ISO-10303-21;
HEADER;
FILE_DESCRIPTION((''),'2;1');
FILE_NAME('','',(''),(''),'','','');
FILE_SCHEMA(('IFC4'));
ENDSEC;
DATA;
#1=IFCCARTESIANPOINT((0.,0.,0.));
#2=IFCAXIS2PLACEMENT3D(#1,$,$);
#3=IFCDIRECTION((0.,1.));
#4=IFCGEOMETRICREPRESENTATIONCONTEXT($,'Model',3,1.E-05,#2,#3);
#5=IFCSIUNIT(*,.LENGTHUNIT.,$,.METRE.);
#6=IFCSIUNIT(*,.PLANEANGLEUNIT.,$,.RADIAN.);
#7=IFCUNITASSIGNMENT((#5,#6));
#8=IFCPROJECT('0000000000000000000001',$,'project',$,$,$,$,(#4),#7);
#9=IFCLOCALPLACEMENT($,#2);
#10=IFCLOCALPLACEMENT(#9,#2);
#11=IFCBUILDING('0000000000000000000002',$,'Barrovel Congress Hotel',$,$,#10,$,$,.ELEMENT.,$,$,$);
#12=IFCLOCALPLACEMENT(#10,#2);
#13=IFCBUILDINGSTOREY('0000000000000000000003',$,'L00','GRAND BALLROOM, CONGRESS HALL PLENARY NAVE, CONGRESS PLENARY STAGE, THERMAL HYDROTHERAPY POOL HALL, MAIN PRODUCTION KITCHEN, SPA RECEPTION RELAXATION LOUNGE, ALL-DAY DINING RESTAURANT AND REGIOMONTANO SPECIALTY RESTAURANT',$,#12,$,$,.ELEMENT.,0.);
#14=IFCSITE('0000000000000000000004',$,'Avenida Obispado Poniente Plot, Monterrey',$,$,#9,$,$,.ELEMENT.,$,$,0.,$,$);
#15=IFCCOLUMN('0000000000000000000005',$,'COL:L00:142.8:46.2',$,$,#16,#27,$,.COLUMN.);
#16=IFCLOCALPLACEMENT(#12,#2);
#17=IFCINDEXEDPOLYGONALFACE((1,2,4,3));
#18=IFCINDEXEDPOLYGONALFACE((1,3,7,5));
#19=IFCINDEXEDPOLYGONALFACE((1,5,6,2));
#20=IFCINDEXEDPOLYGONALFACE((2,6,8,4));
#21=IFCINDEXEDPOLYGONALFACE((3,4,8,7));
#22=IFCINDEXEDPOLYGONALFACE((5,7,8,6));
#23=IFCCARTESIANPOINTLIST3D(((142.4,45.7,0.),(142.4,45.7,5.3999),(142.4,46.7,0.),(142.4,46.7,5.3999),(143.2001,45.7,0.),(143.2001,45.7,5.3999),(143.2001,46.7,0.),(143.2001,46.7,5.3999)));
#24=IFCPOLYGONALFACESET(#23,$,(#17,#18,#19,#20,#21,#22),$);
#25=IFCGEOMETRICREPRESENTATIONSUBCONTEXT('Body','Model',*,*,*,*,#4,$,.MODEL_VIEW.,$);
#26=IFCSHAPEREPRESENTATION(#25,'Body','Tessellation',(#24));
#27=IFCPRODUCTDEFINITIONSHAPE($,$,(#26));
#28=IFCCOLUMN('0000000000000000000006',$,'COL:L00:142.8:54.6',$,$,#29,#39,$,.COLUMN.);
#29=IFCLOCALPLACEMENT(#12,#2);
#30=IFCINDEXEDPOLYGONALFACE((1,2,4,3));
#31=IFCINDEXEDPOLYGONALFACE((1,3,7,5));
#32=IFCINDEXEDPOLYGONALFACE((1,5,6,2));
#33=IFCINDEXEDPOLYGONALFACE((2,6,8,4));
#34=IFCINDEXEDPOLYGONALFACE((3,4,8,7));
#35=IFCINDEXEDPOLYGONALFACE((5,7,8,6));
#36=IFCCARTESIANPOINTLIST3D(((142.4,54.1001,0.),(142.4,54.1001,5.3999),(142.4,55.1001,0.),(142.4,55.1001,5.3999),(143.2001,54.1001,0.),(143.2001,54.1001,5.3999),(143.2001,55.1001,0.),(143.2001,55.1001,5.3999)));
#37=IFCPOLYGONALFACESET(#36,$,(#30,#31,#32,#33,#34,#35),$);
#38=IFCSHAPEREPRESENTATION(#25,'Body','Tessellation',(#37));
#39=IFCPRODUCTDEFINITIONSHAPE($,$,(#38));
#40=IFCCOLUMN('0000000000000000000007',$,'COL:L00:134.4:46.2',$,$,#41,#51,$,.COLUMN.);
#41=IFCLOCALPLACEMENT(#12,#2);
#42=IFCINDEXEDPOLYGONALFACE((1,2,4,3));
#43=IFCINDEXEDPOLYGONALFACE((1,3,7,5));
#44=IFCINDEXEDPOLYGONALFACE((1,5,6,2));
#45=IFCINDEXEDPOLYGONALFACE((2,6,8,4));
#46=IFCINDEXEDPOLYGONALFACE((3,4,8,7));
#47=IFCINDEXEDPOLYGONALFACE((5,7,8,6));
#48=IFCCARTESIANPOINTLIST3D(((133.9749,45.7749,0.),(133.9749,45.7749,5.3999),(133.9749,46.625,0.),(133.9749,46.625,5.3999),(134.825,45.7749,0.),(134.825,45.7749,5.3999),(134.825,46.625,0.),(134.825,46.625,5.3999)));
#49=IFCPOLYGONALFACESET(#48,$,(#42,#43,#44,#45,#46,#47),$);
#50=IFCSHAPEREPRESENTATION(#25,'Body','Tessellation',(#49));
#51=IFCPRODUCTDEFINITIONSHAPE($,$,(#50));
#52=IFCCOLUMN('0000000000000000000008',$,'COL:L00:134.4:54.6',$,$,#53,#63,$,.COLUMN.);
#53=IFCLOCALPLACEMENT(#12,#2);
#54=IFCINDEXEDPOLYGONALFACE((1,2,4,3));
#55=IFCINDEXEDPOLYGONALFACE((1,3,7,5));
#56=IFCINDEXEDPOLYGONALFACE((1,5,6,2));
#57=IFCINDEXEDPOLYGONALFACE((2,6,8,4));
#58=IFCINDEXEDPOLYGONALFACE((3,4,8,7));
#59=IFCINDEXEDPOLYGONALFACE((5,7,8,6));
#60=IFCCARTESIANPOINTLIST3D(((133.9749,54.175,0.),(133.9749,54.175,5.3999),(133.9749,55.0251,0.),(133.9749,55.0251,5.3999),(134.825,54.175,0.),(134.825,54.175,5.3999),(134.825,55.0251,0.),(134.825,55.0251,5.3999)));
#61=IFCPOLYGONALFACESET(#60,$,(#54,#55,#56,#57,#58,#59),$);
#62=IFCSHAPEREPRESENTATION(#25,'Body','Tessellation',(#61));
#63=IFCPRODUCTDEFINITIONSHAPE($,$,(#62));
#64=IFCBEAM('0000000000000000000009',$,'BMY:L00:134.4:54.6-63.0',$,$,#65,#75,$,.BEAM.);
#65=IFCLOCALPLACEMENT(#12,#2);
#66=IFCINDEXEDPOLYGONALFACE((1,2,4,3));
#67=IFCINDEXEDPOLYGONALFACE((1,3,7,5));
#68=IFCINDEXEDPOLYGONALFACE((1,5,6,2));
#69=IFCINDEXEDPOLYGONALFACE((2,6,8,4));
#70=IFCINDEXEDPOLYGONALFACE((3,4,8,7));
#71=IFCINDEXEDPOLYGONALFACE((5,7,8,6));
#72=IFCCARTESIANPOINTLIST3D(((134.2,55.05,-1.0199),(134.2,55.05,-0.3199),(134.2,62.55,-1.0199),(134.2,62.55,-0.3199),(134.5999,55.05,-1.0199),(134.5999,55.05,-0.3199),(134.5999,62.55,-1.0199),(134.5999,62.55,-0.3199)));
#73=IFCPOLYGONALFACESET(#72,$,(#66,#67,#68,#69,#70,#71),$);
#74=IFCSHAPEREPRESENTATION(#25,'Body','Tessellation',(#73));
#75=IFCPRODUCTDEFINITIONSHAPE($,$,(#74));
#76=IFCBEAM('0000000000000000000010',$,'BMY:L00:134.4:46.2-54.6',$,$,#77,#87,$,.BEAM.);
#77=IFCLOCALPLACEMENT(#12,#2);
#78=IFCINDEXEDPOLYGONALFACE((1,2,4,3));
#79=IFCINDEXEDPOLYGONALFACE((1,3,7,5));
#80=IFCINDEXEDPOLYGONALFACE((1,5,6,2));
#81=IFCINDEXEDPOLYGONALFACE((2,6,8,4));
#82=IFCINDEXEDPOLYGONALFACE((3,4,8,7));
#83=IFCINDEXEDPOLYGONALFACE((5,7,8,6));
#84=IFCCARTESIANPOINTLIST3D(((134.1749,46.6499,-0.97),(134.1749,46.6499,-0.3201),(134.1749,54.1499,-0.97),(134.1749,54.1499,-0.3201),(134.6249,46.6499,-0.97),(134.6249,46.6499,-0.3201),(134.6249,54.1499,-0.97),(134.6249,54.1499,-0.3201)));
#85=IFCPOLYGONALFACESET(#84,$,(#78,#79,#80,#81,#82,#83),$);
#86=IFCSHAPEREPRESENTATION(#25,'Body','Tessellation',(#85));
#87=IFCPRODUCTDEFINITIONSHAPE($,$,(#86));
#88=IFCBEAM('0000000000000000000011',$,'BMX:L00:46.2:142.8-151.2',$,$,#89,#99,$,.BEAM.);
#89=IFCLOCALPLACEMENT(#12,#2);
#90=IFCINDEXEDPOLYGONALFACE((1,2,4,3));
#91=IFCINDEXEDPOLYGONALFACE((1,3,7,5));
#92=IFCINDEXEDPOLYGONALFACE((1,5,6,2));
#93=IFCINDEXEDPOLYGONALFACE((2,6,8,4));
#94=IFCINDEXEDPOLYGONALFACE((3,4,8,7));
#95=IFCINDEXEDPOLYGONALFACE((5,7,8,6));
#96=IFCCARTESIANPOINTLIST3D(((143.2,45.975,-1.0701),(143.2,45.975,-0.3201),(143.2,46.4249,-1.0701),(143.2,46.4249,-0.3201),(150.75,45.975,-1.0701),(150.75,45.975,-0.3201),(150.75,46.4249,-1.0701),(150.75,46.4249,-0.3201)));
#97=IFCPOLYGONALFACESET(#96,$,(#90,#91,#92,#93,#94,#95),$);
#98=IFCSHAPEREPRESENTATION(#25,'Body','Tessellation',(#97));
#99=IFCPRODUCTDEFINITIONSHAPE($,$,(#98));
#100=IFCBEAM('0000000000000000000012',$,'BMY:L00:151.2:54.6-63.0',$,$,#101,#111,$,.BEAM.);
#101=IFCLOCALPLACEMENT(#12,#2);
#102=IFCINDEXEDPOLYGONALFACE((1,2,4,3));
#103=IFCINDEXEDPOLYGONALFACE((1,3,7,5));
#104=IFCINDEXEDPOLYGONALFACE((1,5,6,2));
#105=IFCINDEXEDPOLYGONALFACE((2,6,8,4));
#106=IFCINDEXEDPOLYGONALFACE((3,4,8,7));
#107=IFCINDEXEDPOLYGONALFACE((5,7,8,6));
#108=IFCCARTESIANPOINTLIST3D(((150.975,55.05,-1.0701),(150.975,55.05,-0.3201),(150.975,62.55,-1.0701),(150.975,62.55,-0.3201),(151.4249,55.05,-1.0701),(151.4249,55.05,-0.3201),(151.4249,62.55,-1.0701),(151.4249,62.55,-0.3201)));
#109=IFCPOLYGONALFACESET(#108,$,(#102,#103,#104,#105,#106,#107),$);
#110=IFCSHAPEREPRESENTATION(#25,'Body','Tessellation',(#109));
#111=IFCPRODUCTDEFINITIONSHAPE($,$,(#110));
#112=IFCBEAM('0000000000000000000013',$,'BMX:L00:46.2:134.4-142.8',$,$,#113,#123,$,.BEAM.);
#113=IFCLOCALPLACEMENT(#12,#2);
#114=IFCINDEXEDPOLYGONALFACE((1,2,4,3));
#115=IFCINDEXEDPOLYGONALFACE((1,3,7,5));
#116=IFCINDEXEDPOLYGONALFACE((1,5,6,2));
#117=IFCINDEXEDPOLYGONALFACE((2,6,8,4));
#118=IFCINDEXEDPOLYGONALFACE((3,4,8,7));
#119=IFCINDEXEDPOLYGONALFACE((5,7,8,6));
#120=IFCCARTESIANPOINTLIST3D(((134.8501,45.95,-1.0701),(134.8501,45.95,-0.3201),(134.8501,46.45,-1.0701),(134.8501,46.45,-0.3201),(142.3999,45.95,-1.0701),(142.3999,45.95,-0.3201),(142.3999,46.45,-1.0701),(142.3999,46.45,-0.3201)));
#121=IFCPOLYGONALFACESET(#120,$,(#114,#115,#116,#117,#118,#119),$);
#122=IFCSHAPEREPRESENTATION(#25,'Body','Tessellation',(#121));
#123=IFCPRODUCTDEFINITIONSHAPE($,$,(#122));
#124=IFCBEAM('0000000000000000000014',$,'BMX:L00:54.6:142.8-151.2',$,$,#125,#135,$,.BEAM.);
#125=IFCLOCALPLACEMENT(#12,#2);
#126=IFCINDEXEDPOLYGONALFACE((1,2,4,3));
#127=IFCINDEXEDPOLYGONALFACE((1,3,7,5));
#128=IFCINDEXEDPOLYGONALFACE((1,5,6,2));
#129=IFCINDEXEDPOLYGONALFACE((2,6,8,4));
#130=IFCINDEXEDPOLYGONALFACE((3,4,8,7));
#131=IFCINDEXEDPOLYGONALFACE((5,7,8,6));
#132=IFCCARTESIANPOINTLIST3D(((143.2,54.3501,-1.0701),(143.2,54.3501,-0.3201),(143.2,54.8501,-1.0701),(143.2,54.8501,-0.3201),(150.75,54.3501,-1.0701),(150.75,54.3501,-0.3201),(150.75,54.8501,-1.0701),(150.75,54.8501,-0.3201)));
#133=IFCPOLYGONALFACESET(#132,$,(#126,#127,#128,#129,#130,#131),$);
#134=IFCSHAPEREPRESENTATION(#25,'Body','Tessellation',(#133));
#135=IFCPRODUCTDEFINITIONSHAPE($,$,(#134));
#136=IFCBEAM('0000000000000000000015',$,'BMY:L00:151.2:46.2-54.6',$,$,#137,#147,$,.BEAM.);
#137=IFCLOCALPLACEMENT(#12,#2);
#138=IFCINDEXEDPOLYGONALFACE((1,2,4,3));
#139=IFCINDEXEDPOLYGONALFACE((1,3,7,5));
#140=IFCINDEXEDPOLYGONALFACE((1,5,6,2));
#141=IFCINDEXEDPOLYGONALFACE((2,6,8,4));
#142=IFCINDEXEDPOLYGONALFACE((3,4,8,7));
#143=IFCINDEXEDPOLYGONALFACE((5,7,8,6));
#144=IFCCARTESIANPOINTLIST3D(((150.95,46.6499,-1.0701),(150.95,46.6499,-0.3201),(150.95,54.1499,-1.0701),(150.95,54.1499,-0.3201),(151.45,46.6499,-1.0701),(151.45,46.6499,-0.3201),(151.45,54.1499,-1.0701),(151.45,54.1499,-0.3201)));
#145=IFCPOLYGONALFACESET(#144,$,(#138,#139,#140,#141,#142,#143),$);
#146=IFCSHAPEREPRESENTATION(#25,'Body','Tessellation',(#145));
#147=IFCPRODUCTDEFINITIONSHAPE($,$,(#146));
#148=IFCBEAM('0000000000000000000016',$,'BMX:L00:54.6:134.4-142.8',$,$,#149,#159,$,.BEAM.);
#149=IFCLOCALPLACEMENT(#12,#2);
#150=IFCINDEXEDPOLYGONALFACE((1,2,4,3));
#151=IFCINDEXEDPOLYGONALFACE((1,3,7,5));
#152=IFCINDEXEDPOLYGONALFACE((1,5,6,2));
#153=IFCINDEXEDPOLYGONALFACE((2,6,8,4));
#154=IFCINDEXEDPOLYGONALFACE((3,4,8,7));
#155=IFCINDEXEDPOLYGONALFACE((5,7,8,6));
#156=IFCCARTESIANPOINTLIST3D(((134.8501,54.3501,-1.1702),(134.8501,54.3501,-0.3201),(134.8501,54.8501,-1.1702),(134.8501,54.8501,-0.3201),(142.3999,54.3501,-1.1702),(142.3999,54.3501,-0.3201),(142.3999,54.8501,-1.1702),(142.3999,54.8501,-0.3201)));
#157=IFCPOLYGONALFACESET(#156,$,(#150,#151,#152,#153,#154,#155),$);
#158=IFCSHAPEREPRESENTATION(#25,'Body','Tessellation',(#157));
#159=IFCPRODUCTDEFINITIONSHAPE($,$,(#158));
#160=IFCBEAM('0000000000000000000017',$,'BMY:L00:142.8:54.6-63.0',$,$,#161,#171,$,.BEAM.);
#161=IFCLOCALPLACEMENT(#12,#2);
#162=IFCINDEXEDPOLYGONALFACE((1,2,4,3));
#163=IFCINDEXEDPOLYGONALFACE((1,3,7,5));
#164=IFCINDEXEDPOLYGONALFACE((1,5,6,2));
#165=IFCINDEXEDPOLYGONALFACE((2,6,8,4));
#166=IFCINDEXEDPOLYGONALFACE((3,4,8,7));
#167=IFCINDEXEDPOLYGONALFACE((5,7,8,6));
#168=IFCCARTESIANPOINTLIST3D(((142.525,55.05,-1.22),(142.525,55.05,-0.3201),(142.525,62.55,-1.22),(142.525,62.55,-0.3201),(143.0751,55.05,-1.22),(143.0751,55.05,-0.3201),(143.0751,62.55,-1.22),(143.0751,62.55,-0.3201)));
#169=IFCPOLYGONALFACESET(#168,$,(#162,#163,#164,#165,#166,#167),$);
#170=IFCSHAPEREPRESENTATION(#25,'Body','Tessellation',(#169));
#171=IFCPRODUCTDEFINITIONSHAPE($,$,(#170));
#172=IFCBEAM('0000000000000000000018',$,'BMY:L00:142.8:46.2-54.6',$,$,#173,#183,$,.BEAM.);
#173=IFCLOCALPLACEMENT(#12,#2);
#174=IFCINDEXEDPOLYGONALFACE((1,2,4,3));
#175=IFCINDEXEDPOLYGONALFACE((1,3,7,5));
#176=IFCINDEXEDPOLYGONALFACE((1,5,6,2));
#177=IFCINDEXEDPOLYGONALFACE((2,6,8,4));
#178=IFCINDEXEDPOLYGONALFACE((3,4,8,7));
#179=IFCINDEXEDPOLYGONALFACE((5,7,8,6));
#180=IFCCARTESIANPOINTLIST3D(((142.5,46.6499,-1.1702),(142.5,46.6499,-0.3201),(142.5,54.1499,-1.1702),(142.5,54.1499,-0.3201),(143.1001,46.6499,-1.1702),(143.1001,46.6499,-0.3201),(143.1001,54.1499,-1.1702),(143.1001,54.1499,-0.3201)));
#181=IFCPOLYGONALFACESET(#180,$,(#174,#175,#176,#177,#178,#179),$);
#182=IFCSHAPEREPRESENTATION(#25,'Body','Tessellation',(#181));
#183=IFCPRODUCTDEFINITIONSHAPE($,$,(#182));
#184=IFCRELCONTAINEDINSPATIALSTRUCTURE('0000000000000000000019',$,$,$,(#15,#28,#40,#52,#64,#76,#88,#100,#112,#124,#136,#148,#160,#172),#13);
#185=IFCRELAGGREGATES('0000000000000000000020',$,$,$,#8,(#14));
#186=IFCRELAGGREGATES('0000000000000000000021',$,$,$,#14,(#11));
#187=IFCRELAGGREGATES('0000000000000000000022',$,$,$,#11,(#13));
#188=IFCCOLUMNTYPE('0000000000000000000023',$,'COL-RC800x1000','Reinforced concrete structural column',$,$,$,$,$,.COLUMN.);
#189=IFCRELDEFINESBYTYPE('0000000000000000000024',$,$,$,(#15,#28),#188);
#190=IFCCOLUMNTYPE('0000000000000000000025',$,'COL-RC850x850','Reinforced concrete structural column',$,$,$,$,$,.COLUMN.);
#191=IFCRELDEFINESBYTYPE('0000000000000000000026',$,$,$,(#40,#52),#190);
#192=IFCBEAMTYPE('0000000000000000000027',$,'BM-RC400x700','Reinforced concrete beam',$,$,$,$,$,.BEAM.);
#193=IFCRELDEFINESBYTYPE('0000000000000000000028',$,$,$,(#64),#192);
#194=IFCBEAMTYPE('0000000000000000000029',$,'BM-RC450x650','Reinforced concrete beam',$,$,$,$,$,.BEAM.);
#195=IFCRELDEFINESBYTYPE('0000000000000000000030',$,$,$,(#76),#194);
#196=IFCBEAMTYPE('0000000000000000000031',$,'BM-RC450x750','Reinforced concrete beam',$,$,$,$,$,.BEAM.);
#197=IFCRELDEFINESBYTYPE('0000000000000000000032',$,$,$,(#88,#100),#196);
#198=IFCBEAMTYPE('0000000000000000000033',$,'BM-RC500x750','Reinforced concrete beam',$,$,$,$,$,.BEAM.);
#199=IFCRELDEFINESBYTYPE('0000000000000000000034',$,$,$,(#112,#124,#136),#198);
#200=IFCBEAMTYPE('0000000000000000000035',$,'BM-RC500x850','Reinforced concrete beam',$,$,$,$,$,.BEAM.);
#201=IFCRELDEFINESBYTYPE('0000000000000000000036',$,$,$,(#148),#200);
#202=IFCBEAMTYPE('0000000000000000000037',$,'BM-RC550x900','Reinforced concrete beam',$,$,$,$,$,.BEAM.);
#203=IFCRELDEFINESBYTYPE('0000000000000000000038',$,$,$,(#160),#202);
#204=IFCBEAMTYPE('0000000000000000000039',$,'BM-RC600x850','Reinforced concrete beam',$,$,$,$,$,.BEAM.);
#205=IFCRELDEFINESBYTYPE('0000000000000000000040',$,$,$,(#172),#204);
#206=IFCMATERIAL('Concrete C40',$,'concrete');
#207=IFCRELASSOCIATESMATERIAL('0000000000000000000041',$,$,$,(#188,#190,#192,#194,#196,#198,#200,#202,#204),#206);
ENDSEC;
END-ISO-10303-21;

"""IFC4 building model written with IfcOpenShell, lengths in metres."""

from ifc_helpers import new_model, si_unit, direction, frame, origin, origin_2d, place, context, subcontext, project, spatial, rectangle, extrude, material, material_profile, profile_set, type_object, element, save


model = new_model("IFC4")

# Units and contexts
model_context = context("Model", 3, precision=1e-05, world=origin(), true_north=direction((0.0, 1.0)))
body_context = subcontext(model_context, "Body", "Model", "MODEL_VIEW")
ifc_project = project(units=[si_unit("LENGTHUNIT", "METRE"), si_unit("PLANEANGLEUNIT", "RADIAN")], contexts=[model_context])

# Site, building, storey
site_placement = place(None, origin())
site = spatial("IfcSite", under=ifc_project, at=site_placement, Name="Avenida Obispado Poniente Plot, Monterrey", CompositionType="ELEMENT", RefElevation=0.0)
building_placement = place(site_placement, origin())
building = spatial("IfcBuilding", under=site, at=building_placement, Name="Barrovel Congress Hotel", CompositionType="ELEMENT")
storey_placement = place(building_placement, origin())
storey = spatial("IfcBuildingStorey", under=building, at=storey_placement, Name="L00", Description="GRAND BALLROOM, CONGRESS HALL PLENARY NAVE, CONGRESS PLENARY STAGE, THERMAL HYDROTHERAPY POOL HALL, MAIN PRODUCTION KITCHEN, SPA RECEPTION RELAXATION LOUNGE, ALL-DAY DINING RESTAURANT AND REGIOMONTANO SPECIALTY RESTAURANT", CompositionType="ELEMENT", Elevation=0.0)

# Columns
ifc_material_1 = material(Name="Concrete C40", Category="concrete")
ifc_material_profile_1 = material_profile(ifc_material_1, rectangle(XDim=0.8, YDim=1.0, at=origin_2d()), Name="RC800x1000")
ifc_profile_set_1 = profile_set([ifc_material_profile_1], Name="Concrete C40")
column_type_1 = type_object("IfcColumnType", Name="COL-RC800x1000", Description="Reinforced concrete structural column", PredefinedType="COLUMN", material=ifc_profile_set_1)
for number, where, z_axis, x_axis, name in (
    (1, (142.8, 46.2, 0.0), (0.0, 0.0, 1.0), (1.0, 0.0, 0.0), "COL:L00:142.8:46.2"),
    (2, (142.8, 54.6001, 0.0), (0.0, 0.0, 1.0), (1.0, 0.0, 0.0), "COL:L00:142.8:54.6"),
):
    element("IfcColumn", number, at=place(storey_placement, frame(where, z_axis=z_axis, x_axis=x_axis)), inside=storey, type_object=column_type_1, Name=name, PredefinedType="COLUMN", context=body_context, shape_type="SweptSolid", body=[
        extrude(rectangle(XDim=0.8, YDim=1.0, at=origin_2d()), origin(), (0.0, 0.0, 1.0), 5.3999),
    ])
ifc_material_profile_2 = material_profile(ifc_material_1, rectangle(XDim=0.8501, YDim=0.8501, at=origin_2d()), Name="RC850x850")
ifc_profile_set_2 = profile_set([ifc_material_profile_2], Name="Concrete C40")
column_type_2 = type_object("IfcColumnType", Name="COL-RC850x850", Description="Reinforced concrete structural column", PredefinedType="COLUMN", material=ifc_profile_set_2)
for number, where, z_axis, x_axis, name in (
    (3, (134.3999, 46.2, 0.0), (0.0, 0.0, 1.0), (1.0, 0.0, 0.0), "COL:L00:134.4:46.2"),
    (4, (134.3999, 54.6001, 0.0), (0.0, 0.0, 1.0), (1.0, 0.0, 0.0), "COL:L00:134.4:54.6"),
):
    element("IfcColumn", number, at=place(storey_placement, frame(where, z_axis=z_axis, x_axis=x_axis)), inside=storey, type_object=column_type_2, Name=name, PredefinedType="COLUMN", context=body_context, shape_type="SweptSolid", body=[
        extrude(rectangle(XDim=0.8501, YDim=0.8501, at=origin_2d()), origin(), (0.0, 0.0, 1.0), 5.3999),
    ])

# Beams
ifc_material_profile_3 = material_profile(ifc_material_1, rectangle(XDim=0.3999, YDim=0.7, at=origin_2d()), Name="RC400x700")
ifc_profile_set_3 = profile_set([ifc_material_profile_3], Name="Concrete C40")
beam_type_1 = type_object("IfcBeamType", Name="BM-RC400x700", Description="Reinforced concrete beam", PredefinedType="BEAM", material=ifc_profile_set_3)
beam_1_placement = place(storey_placement, frame((134.3999, 55.05, -0.6699), z_axis=(0.0, 1.0, 0.0), x_axis=(-1.0, 0.0, 0.0)))
element("IfcBeam", 5, at=beam_1_placement, inside=storey, type_object=beam_type_1, Name="BMY:L00:134.4:54.6-63.0", PredefinedType="BEAM", context=body_context, shape_type="SweptSolid", body=[
    extrude(rectangle(XDim=0.3999, YDim=0.7, at=origin_2d()), origin(), (0.0, 0.0, 1.0), 7.5),
])
ifc_material_profile_4 = material_profile(ifc_material_1, rectangle(XDim=0.45, YDim=0.6499, at=origin_2d()), Name="RC450x650")
ifc_profile_set_4 = profile_set([ifc_material_profile_4], Name="Concrete C40")
beam_type_2 = type_object("IfcBeamType", Name="BM-RC450x650", Description="Reinforced concrete beam", PredefinedType="BEAM", material=ifc_profile_set_4)
beam_2_placement = place(storey_placement, frame((134.3999, 46.6499, -0.645), z_axis=(0.0, 1.0, 0.0), x_axis=(-1.0, 0.0, 0.0)))
element("IfcBeam", 6, at=beam_2_placement, inside=storey, type_object=beam_type_2, Name="BMY:L00:134.4:46.2-54.6", PredefinedType="BEAM", context=body_context, shape_type="SweptSolid", body=[
    extrude(rectangle(XDim=0.45, YDim=0.6499, at=origin_2d()), origin(), (0.0, 0.0, 1.0), 7.5),
])
ifc_material_profile_5 = material_profile(ifc_material_1, rectangle(XDim=0.45, YDim=0.75, at=origin_2d()), Name="RC450x750")
ifc_profile_set_5 = profile_set([ifc_material_profile_5], Name="Concrete C40")
beam_type_3 = type_object("IfcBeamType", Name="BM-RC450x750", Description="Reinforced concrete beam", PredefinedType="BEAM", material=ifc_profile_set_5)
beam_3_placement = place(storey_placement, frame((143.2, 46.2, -0.6951), z_axis=(1.0, 0.0, 0.0), x_axis=(0.0, 1.0, 0.0)))
element("IfcBeam", 7, at=beam_3_placement, inside=storey, type_object=beam_type_3, Name="BMX:L00:46.2:142.8-151.2", PredefinedType="BEAM", context=body_context, shape_type="SweptSolid", body=[
    extrude(rectangle(XDim=0.45, YDim=0.75, at=origin_2d()), origin(), (0.0, 0.0, 1.0), 7.55),
])
beam_4_placement = place(storey_placement, frame((151.2, 55.05, -0.6951), z_axis=(0.0, 1.0, 0.0), x_axis=(-1.0, 0.0, 0.0)))
element("IfcBeam", 8, at=beam_4_placement, inside=storey, type_object=beam_type_3, Name="BMY:L00:151.2:54.6-63.0", PredefinedType="BEAM", context=body_context, shape_type="SweptSolid", body=[
    extrude(rectangle(XDim=0.45, YDim=0.75, at=origin_2d()), origin(), (0.0, 0.0, 1.0), 7.5),
])
ifc_material_profile_6 = material_profile(ifc_material_1, rectangle(XDim=0.5, YDim=0.75, at=origin_2d()), Name="RC500x750")
ifc_profile_set_6 = profile_set([ifc_material_profile_6], Name="Concrete C40")
beam_type_4 = type_object("IfcBeamType", Name="BM-RC500x750", Description="Reinforced concrete beam", PredefinedType="BEAM", material=ifc_profile_set_6)
beam_5_placement = place(storey_placement, frame((134.8501, 46.2, -0.6951), z_axis=(1.0, 0.0, 0.0), x_axis=(0.0, 1.0, 0.0)))
element("IfcBeam", 9, at=beam_5_placement, inside=storey, type_object=beam_type_4, Name="BMX:L00:46.2:134.4-142.8", PredefinedType="BEAM", context=body_context, shape_type="SweptSolid", body=[
    extrude(rectangle(XDim=0.5, YDim=0.75, at=origin_2d()), origin(), (0.0, 0.0, 1.0), 7.5498),
])
beam_6_placement = place(storey_placement, frame((143.2, 54.6001, -0.6951), z_axis=(1.0, 0.0, 0.0), x_axis=(0.0, 1.0, 0.0)))
element("IfcBeam", 10, at=beam_6_placement, inside=storey, type_object=beam_type_4, Name="BMX:L00:54.6:142.8-151.2", PredefinedType="BEAM", context=body_context, shape_type="SweptSolid", body=[
    extrude(rectangle(XDim=0.5, YDim=0.75, at=origin_2d()), origin(), (0.0, 0.0, 1.0), 7.55),
])
beam_7_placement = place(storey_placement, frame((151.2, 46.6499, -0.6951), z_axis=(0.0, 1.0, 0.0), x_axis=(-1.0, 0.0, 0.0)))
element("IfcBeam", 11, at=beam_7_placement, inside=storey, type_object=beam_type_4, Name="BMY:L00:151.2:46.2-54.6", PredefinedType="BEAM", context=body_context, shape_type="SweptSolid", body=[
    extrude(rectangle(XDim=0.5, YDim=0.75, at=origin_2d()), origin(), (0.0, 0.0, 1.0), 7.5),
])
ifc_material_profile_7 = material_profile(ifc_material_1, rectangle(XDim=0.5, YDim=0.8501, at=origin_2d()), Name="RC500x850")
ifc_profile_set_7 = profile_set([ifc_material_profile_7], Name="Concrete C40")
beam_type_5 = type_object("IfcBeamType", Name="BM-RC500x850", Description="Reinforced concrete beam", PredefinedType="BEAM", material=ifc_profile_set_7)
beam_8_placement = place(storey_placement, frame((134.8501, 54.6001, -0.7451), z_axis=(1.0, 0.0, 0.0), x_axis=(0.0, 1.0, 0.0)))
element("IfcBeam", 12, at=beam_8_placement, inside=storey, type_object=beam_type_5, Name="BMX:L00:54.6:134.4-142.8", PredefinedType="BEAM", context=body_context, shape_type="SweptSolid", body=[
    extrude(rectangle(XDim=0.5, YDim=0.8501, at=origin_2d()), origin(), (0.0, 0.0, 1.0), 7.5498),
])
ifc_material_profile_8 = material_profile(ifc_material_1, rectangle(XDim=0.55, YDim=0.8999, at=origin_2d()), Name="RC550x900")
ifc_profile_set_8 = profile_set([ifc_material_profile_8], Name="Concrete C40")
beam_type_6 = type_object("IfcBeamType", Name="BM-RC550x900", Description="Reinforced concrete beam", PredefinedType="BEAM", material=ifc_profile_set_8)
beam_9_placement = place(storey_placement, frame((142.8, 55.05, -0.77), z_axis=(0.0, 1.0, 0.0), x_axis=(-1.0, 0.0, 0.0)))
element("IfcBeam", 13, at=beam_9_placement, inside=storey, type_object=beam_type_6, Name="BMY:L00:142.8:54.6-63.0", PredefinedType="BEAM", context=body_context, shape_type="SweptSolid", body=[
    extrude(rectangle(XDim=0.55, YDim=0.8999, at=origin_2d()), origin(), (0.0, 0.0, 1.0), 7.5),
])
ifc_material_profile_9 = material_profile(ifc_material_1, rectangle(XDim=0.6001, YDim=0.8501, at=origin_2d()), Name="RC600x850")
ifc_profile_set_9 = profile_set([ifc_material_profile_9], Name="Concrete C40")
beam_type_7 = type_object("IfcBeamType", Name="BM-RC600x850", Description="Reinforced concrete beam", PredefinedType="BEAM", material=ifc_profile_set_9)
beam_10_placement = place(storey_placement, frame((142.8, 46.6499, -0.7451), z_axis=(0.0, 1.0, 0.0), x_axis=(-1.0, 0.0, 0.0)))
element("IfcBeam", 14, at=beam_10_placement, inside=storey, type_object=beam_type_7, Name="BMY:L00:142.8:46.2-54.6", PredefinedType="BEAM", context=body_context, shape_type="SweptSolid", body=[
    extrude(rectangle(XDim=0.6001, YDim=0.8501, at=origin_2d()), origin(), (0.0, 0.0, 1.0), 7.5),
])

save(model, "model.ifc")
